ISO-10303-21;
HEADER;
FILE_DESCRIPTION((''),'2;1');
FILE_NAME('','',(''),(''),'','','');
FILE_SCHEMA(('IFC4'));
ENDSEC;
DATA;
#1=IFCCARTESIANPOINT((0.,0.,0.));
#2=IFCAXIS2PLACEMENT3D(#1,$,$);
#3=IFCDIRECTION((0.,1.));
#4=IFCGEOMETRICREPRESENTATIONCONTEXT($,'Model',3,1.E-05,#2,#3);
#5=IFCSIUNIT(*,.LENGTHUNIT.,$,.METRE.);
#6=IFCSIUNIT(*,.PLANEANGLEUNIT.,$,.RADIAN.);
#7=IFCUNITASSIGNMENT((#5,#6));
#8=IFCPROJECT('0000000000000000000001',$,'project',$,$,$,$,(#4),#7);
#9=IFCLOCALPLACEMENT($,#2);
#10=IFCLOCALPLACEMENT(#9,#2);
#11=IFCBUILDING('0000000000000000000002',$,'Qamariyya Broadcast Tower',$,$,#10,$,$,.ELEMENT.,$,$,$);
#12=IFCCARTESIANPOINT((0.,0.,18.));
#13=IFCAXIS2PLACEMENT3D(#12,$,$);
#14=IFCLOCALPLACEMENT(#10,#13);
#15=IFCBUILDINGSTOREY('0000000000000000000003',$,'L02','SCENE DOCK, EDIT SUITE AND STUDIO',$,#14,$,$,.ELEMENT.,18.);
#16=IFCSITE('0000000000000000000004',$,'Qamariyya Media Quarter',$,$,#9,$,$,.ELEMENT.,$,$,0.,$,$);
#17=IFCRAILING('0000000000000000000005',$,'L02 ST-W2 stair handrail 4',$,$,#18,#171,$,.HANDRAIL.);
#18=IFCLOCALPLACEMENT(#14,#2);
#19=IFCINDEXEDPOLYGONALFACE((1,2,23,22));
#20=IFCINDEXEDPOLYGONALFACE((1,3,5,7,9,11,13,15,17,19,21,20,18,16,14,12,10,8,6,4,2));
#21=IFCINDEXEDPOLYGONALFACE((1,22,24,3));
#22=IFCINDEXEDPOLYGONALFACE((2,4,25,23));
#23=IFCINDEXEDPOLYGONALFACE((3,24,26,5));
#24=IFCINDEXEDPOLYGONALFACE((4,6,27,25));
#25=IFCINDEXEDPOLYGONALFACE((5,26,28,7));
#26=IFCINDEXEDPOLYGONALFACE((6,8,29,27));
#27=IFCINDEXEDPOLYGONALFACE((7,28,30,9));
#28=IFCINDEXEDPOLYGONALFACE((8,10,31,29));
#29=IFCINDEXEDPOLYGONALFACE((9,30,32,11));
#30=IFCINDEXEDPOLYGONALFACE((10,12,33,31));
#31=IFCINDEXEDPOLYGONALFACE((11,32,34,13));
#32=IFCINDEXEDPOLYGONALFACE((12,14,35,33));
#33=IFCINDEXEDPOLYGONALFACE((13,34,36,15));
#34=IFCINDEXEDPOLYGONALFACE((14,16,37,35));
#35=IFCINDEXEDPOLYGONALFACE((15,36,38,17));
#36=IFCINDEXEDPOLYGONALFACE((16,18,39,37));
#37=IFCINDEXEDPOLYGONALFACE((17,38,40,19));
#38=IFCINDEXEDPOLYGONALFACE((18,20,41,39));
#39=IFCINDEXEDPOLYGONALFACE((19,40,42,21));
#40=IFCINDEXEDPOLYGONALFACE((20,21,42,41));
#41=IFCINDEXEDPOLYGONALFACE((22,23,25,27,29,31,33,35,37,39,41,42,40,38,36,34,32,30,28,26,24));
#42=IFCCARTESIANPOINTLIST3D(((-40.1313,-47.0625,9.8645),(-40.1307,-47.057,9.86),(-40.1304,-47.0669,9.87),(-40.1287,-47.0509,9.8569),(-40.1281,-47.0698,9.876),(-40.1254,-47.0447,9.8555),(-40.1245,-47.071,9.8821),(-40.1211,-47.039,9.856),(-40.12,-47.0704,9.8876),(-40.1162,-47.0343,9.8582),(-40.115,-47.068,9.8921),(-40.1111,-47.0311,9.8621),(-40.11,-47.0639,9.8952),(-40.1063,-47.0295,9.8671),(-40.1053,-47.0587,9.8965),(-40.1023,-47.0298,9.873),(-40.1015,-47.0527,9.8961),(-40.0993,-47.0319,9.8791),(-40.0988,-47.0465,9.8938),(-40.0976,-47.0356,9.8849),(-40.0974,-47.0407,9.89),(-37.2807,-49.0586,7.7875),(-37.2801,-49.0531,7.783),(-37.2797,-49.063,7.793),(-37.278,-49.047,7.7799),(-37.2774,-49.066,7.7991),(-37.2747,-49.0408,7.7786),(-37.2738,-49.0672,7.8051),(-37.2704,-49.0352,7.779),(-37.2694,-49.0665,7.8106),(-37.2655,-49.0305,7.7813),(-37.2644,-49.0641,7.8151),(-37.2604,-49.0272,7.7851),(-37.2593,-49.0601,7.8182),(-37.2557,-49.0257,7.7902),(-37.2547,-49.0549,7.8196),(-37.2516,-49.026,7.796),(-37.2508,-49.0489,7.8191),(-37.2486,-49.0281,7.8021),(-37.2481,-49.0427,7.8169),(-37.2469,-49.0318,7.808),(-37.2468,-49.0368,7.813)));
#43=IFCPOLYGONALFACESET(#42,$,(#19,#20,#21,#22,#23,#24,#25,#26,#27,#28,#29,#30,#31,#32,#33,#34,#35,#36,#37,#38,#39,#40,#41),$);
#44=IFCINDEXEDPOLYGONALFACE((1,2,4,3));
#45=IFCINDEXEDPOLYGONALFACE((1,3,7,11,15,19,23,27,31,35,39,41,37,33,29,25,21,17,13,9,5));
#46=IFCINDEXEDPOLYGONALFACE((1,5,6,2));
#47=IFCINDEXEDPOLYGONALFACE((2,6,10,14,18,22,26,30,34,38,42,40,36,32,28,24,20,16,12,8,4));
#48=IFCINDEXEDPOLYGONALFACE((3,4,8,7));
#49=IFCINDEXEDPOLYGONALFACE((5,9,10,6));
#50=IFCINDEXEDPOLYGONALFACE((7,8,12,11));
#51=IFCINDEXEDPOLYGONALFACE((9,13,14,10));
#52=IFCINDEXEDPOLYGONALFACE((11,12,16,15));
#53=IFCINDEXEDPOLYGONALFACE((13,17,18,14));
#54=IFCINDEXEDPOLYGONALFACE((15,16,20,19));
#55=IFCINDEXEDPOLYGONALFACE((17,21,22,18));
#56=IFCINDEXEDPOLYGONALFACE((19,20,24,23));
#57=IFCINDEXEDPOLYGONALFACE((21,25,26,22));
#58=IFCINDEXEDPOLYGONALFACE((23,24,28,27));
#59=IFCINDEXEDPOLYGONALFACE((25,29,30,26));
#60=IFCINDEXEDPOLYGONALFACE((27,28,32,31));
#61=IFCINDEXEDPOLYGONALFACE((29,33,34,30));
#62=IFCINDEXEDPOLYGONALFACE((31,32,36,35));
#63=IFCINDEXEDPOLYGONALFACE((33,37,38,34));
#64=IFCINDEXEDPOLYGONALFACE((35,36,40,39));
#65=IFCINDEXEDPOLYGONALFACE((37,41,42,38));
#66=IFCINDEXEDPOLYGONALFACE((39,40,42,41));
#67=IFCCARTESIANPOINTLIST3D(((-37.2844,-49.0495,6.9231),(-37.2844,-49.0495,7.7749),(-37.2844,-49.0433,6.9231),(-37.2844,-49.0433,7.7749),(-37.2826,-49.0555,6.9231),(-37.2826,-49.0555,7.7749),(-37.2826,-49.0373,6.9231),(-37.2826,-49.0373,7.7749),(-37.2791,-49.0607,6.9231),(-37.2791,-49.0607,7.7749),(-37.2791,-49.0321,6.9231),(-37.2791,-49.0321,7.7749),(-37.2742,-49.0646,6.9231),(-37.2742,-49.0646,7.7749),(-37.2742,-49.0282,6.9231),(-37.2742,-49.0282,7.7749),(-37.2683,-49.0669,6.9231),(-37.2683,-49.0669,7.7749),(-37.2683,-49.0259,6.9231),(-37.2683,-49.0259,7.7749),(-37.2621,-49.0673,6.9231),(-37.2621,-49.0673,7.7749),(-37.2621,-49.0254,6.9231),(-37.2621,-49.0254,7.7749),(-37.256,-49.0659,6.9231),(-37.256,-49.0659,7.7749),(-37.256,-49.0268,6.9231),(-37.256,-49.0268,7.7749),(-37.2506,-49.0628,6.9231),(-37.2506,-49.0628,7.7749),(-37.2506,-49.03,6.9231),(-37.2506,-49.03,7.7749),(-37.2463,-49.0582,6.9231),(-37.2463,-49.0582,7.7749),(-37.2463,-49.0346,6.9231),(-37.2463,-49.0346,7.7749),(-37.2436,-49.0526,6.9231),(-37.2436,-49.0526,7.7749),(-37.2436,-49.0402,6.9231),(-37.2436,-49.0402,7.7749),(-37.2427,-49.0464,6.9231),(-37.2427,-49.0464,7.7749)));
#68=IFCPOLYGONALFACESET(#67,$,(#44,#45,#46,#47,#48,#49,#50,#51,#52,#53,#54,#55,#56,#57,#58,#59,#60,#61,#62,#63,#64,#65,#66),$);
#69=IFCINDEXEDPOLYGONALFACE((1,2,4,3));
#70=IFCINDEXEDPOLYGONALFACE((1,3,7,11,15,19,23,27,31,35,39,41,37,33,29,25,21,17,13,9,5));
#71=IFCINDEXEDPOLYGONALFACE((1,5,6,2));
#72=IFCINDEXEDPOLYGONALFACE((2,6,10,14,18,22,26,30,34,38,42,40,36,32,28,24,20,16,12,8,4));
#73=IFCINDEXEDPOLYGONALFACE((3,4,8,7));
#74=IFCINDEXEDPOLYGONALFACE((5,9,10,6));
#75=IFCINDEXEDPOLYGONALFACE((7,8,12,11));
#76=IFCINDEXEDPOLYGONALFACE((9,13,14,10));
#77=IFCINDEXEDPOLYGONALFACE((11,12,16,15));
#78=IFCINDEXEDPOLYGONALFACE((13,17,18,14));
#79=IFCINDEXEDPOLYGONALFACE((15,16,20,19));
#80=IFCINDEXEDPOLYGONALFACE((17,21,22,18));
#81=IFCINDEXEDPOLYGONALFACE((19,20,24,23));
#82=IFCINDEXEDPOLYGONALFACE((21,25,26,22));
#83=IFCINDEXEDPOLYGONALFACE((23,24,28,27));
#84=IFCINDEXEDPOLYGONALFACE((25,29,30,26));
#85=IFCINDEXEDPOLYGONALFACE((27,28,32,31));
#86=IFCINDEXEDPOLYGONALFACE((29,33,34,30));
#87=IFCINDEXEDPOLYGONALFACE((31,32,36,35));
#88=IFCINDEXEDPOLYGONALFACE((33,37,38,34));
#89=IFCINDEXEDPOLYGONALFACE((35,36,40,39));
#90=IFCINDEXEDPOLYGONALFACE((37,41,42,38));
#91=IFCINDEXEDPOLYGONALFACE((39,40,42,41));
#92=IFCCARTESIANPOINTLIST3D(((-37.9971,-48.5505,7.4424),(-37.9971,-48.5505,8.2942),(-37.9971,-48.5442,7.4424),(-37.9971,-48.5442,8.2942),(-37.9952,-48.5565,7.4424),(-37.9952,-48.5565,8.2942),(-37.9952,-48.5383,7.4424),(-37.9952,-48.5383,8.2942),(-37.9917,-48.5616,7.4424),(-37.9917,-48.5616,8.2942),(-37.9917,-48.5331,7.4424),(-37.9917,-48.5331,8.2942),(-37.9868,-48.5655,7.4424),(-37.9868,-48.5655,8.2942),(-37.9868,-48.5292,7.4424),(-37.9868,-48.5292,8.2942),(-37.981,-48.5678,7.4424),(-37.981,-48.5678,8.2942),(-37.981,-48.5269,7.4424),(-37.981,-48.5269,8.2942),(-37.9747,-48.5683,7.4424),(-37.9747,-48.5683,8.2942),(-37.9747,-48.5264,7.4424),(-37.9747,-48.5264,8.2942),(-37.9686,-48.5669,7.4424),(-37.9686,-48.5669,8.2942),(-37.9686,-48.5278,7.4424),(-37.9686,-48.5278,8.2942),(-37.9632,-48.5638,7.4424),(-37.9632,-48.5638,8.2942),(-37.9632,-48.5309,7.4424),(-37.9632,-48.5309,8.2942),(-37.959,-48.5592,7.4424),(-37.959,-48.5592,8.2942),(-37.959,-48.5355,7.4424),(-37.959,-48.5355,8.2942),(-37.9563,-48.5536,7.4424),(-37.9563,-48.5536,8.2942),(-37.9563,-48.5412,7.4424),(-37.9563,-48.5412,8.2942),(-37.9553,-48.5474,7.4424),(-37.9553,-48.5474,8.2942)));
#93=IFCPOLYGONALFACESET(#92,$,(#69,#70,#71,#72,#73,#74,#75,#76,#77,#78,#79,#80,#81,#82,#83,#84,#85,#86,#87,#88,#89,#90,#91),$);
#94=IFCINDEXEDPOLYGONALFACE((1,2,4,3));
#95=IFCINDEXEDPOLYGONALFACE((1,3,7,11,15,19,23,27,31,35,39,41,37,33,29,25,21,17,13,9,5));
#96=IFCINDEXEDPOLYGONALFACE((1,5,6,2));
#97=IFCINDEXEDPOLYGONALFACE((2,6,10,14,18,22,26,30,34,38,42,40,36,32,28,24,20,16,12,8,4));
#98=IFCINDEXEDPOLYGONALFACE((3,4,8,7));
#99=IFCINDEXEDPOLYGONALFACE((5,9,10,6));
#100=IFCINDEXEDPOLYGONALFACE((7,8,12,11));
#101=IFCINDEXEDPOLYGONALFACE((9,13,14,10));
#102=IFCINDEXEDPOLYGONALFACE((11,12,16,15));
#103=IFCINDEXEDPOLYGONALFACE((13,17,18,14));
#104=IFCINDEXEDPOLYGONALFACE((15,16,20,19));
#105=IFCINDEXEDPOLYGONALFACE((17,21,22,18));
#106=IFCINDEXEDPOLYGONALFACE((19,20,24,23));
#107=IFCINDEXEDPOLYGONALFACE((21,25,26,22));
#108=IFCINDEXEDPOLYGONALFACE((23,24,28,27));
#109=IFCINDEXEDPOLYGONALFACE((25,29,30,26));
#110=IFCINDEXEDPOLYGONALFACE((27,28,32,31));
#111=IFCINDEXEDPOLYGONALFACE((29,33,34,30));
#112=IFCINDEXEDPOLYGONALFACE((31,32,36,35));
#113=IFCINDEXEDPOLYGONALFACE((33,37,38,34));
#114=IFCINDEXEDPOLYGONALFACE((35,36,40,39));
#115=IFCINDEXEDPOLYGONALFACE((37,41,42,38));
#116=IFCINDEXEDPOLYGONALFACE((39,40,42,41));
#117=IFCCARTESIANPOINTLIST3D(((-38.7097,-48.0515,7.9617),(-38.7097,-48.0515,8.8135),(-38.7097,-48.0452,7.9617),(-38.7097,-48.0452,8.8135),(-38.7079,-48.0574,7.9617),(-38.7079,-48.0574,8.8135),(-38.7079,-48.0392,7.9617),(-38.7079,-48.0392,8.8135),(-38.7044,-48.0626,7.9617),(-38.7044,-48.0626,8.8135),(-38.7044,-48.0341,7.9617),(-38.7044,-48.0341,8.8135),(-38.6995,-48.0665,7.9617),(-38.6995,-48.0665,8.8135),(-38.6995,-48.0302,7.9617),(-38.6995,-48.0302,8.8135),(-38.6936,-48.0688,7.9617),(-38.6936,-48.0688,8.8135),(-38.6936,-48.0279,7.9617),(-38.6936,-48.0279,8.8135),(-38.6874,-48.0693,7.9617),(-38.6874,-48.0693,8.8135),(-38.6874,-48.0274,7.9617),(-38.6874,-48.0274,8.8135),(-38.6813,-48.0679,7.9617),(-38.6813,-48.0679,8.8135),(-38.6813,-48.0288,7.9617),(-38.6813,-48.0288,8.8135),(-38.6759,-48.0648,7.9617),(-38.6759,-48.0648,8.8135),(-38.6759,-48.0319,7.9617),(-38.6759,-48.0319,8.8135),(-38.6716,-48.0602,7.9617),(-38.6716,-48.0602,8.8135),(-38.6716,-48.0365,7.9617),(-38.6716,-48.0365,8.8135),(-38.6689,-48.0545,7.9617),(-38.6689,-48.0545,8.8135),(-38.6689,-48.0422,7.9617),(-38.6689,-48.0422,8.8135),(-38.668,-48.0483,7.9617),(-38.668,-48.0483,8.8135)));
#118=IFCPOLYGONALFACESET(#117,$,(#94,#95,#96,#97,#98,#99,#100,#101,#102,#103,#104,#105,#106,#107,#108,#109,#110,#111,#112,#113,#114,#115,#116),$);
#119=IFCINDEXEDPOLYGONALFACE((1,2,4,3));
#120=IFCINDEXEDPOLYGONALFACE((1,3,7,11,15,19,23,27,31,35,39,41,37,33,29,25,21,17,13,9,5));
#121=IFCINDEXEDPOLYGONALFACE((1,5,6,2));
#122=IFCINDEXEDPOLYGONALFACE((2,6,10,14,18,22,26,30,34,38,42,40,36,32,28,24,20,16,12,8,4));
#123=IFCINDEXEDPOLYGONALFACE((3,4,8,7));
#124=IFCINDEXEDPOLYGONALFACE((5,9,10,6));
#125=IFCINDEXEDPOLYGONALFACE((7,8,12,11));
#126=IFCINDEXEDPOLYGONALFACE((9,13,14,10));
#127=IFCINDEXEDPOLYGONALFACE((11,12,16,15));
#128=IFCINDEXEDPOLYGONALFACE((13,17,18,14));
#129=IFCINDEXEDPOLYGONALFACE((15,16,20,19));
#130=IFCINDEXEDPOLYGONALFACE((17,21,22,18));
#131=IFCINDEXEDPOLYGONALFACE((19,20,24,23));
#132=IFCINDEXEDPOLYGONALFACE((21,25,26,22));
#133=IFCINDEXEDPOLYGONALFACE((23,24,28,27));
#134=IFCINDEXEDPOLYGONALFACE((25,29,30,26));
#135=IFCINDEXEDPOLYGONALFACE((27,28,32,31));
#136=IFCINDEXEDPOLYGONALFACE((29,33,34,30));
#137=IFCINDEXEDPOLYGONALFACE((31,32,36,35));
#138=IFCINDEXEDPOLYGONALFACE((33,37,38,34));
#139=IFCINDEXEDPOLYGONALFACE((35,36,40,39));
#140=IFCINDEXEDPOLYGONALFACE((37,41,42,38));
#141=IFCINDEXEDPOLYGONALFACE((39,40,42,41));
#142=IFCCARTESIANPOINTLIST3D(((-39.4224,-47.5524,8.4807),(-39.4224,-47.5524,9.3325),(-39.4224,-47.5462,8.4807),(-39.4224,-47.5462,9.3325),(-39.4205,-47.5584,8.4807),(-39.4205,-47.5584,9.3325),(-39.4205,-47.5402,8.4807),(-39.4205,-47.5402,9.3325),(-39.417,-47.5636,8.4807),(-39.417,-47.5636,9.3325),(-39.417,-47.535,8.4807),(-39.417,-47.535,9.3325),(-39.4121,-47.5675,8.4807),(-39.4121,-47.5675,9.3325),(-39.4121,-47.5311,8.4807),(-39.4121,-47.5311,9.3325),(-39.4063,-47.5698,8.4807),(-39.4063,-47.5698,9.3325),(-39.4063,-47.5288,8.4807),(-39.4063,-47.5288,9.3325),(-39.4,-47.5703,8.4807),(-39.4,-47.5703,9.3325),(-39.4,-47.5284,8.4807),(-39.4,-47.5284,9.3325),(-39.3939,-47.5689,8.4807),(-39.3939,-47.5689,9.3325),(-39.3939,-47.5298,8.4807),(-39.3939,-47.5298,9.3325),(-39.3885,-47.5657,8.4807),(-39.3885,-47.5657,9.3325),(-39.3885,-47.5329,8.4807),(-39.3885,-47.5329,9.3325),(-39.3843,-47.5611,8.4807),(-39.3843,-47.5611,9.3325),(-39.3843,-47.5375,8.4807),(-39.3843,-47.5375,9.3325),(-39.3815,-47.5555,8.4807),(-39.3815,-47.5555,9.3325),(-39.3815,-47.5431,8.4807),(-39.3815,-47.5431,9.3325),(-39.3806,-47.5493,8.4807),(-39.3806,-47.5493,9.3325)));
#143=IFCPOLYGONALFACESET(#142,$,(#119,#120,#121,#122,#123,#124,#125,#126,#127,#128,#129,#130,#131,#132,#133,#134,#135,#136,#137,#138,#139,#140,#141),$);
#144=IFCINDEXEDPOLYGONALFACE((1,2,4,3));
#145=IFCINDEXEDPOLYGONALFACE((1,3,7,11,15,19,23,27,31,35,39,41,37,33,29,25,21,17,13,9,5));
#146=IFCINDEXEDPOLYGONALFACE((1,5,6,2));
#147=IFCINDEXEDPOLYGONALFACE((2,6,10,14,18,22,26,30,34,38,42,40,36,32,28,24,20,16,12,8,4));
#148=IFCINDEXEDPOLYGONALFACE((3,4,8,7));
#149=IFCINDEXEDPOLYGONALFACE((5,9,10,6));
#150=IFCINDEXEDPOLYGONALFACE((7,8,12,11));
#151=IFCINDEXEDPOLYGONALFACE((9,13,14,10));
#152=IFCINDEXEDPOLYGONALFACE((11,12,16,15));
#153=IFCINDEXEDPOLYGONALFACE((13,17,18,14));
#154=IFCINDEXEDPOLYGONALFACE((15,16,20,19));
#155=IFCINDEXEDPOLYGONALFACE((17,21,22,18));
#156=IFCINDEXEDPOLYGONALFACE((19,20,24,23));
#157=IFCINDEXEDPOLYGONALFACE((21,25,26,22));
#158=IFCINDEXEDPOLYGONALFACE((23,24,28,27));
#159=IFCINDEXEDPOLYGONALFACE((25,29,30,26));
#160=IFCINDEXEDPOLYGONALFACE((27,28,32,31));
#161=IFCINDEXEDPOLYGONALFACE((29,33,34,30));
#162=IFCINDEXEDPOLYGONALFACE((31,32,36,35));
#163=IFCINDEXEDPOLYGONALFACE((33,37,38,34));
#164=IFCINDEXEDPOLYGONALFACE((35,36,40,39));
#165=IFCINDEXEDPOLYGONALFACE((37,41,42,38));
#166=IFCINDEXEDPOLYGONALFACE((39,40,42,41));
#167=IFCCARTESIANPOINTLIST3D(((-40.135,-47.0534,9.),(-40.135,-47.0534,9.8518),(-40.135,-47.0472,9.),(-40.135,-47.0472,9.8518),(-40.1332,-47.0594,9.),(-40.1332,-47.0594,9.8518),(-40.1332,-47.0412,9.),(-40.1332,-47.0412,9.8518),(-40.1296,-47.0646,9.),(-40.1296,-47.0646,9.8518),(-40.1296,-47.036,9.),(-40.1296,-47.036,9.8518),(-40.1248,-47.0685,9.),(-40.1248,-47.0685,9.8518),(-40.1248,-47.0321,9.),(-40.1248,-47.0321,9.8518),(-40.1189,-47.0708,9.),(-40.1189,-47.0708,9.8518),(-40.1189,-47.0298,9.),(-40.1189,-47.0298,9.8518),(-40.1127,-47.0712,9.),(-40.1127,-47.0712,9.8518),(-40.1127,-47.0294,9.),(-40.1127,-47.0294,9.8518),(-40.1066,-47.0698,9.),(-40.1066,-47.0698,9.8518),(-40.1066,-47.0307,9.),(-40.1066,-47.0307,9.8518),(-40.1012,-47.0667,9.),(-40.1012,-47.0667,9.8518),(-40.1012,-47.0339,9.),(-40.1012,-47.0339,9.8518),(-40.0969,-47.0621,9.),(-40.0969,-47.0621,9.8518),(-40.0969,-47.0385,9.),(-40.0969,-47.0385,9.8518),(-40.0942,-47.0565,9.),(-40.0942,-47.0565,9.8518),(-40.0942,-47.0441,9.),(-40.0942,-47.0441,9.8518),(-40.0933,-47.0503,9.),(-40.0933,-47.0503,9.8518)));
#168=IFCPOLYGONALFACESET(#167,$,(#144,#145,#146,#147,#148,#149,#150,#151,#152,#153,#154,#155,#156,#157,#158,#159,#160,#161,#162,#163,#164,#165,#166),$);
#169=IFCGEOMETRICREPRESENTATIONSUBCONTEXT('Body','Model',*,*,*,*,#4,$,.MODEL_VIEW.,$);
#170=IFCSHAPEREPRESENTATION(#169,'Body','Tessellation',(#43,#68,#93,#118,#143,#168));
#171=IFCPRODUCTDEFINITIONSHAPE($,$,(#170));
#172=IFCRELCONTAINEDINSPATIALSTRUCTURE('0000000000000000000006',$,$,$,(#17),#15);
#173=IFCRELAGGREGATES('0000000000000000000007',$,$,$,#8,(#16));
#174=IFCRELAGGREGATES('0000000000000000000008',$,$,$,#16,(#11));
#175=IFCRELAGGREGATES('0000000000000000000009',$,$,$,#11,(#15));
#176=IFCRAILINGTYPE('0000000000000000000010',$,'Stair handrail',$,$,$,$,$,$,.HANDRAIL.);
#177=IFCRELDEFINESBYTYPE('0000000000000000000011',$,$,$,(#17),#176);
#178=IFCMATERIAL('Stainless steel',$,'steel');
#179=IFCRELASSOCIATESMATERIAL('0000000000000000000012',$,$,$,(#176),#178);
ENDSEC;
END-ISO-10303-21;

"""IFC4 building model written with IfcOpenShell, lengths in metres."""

from ifc_helpers import new_model, si_unit, direction, frame, origin, origin_2d, place, context, subcontext, project, spatial, circle, extrude, material, type_object, element, save


model = new_model("IFC4")

# Units and contexts
model_context = context("Model", 3, precision=1e-05, world=origin(), true_north=direction((0.0, 1.0)))
body_context = subcontext(model_context, "Body", "Model", "MODEL_VIEW")
ifc_project = project(units=[si_unit("LENGTHUNIT", "METRE"), si_unit("PLANEANGLEUNIT", "RADIAN")], contexts=[model_context])

# Site, building, storey
site_placement = place(None, origin())
site = spatial("IfcSite", under=ifc_project, at=site_placement, Name="Qamariyya Media Quarter", CompositionType="ELEMENT", RefElevation=0.0)
building_placement = place(site_placement, origin())
building = spatial("IfcBuilding", under=site, at=building_placement, Name="Qamariyya Broadcast Tower", CompositionType="ELEMENT")
storey_placement = place(building_placement, frame((0.0, 0.0, 18.0)))
storey = spatial("IfcBuildingStorey", under=building, at=storey_placement, Name="L02", Description="SCENE DOCK, EDIT SUITE AND STUDIO", CompositionType="ELEMENT", Elevation=18.0)

# Railing
ifc_material_1 = material(Name="Stainless steel", Category="steel")
railing_type_1 = type_object("IfcRailingType", Name="Stair handrail", PredefinedType="HANDRAIL", material=ifc_material_1)
for number, where, name in (
    (1, (-37.2637, -49.0464, 6.9231), "L02 ST-W2 stair handrail 4"),
):
    element("IfcRailing", number, at=place(storey_placement, frame(where)), inside=storey, type_object=railing_type_1, Name=name, PredefinedType="HANDRAIL", context=body_context, shape_type="SweptSolid", body=[
        extrude(circle(Radius=0.0239, at=origin_2d()), frame((0.0, 0.0, 0.876), z_axis=(-0.703393, 0.492544, 0.512484), x_axis=(-0.573594, -0.81914, 0.0)), (0.0, 0.0, 1.0), 4.0527),
        extrude(circle(Radius=0.021, at=origin_2d()), origin(), (0.0, 0.0, 1.0), 0.8518),
        extrude(circle(Radius=0.021, at=origin_2d()), frame((-0.7126, 0.499, 0.5193)), (0.0, 0.0, 1.0), 0.8518),
        extrude(circle(Radius=0.021, at=origin_2d()), frame((-1.4253, 0.998, 1.0386)), (0.0, 0.0, 1.0), 0.8518),
        extrude(circle(Radius=0.021, at=origin_2d()), frame((-2.1379, 1.4971, 1.5576)), (0.0, 0.0, 1.0), 0.8518),
        extrude(circle(Radius=0.021, at=origin_2d()), frame((-2.8506, 1.9961, 2.0769)), (0.0, 0.0, 1.0), 0.8518),
    ])

save(model, "model.ifc")
